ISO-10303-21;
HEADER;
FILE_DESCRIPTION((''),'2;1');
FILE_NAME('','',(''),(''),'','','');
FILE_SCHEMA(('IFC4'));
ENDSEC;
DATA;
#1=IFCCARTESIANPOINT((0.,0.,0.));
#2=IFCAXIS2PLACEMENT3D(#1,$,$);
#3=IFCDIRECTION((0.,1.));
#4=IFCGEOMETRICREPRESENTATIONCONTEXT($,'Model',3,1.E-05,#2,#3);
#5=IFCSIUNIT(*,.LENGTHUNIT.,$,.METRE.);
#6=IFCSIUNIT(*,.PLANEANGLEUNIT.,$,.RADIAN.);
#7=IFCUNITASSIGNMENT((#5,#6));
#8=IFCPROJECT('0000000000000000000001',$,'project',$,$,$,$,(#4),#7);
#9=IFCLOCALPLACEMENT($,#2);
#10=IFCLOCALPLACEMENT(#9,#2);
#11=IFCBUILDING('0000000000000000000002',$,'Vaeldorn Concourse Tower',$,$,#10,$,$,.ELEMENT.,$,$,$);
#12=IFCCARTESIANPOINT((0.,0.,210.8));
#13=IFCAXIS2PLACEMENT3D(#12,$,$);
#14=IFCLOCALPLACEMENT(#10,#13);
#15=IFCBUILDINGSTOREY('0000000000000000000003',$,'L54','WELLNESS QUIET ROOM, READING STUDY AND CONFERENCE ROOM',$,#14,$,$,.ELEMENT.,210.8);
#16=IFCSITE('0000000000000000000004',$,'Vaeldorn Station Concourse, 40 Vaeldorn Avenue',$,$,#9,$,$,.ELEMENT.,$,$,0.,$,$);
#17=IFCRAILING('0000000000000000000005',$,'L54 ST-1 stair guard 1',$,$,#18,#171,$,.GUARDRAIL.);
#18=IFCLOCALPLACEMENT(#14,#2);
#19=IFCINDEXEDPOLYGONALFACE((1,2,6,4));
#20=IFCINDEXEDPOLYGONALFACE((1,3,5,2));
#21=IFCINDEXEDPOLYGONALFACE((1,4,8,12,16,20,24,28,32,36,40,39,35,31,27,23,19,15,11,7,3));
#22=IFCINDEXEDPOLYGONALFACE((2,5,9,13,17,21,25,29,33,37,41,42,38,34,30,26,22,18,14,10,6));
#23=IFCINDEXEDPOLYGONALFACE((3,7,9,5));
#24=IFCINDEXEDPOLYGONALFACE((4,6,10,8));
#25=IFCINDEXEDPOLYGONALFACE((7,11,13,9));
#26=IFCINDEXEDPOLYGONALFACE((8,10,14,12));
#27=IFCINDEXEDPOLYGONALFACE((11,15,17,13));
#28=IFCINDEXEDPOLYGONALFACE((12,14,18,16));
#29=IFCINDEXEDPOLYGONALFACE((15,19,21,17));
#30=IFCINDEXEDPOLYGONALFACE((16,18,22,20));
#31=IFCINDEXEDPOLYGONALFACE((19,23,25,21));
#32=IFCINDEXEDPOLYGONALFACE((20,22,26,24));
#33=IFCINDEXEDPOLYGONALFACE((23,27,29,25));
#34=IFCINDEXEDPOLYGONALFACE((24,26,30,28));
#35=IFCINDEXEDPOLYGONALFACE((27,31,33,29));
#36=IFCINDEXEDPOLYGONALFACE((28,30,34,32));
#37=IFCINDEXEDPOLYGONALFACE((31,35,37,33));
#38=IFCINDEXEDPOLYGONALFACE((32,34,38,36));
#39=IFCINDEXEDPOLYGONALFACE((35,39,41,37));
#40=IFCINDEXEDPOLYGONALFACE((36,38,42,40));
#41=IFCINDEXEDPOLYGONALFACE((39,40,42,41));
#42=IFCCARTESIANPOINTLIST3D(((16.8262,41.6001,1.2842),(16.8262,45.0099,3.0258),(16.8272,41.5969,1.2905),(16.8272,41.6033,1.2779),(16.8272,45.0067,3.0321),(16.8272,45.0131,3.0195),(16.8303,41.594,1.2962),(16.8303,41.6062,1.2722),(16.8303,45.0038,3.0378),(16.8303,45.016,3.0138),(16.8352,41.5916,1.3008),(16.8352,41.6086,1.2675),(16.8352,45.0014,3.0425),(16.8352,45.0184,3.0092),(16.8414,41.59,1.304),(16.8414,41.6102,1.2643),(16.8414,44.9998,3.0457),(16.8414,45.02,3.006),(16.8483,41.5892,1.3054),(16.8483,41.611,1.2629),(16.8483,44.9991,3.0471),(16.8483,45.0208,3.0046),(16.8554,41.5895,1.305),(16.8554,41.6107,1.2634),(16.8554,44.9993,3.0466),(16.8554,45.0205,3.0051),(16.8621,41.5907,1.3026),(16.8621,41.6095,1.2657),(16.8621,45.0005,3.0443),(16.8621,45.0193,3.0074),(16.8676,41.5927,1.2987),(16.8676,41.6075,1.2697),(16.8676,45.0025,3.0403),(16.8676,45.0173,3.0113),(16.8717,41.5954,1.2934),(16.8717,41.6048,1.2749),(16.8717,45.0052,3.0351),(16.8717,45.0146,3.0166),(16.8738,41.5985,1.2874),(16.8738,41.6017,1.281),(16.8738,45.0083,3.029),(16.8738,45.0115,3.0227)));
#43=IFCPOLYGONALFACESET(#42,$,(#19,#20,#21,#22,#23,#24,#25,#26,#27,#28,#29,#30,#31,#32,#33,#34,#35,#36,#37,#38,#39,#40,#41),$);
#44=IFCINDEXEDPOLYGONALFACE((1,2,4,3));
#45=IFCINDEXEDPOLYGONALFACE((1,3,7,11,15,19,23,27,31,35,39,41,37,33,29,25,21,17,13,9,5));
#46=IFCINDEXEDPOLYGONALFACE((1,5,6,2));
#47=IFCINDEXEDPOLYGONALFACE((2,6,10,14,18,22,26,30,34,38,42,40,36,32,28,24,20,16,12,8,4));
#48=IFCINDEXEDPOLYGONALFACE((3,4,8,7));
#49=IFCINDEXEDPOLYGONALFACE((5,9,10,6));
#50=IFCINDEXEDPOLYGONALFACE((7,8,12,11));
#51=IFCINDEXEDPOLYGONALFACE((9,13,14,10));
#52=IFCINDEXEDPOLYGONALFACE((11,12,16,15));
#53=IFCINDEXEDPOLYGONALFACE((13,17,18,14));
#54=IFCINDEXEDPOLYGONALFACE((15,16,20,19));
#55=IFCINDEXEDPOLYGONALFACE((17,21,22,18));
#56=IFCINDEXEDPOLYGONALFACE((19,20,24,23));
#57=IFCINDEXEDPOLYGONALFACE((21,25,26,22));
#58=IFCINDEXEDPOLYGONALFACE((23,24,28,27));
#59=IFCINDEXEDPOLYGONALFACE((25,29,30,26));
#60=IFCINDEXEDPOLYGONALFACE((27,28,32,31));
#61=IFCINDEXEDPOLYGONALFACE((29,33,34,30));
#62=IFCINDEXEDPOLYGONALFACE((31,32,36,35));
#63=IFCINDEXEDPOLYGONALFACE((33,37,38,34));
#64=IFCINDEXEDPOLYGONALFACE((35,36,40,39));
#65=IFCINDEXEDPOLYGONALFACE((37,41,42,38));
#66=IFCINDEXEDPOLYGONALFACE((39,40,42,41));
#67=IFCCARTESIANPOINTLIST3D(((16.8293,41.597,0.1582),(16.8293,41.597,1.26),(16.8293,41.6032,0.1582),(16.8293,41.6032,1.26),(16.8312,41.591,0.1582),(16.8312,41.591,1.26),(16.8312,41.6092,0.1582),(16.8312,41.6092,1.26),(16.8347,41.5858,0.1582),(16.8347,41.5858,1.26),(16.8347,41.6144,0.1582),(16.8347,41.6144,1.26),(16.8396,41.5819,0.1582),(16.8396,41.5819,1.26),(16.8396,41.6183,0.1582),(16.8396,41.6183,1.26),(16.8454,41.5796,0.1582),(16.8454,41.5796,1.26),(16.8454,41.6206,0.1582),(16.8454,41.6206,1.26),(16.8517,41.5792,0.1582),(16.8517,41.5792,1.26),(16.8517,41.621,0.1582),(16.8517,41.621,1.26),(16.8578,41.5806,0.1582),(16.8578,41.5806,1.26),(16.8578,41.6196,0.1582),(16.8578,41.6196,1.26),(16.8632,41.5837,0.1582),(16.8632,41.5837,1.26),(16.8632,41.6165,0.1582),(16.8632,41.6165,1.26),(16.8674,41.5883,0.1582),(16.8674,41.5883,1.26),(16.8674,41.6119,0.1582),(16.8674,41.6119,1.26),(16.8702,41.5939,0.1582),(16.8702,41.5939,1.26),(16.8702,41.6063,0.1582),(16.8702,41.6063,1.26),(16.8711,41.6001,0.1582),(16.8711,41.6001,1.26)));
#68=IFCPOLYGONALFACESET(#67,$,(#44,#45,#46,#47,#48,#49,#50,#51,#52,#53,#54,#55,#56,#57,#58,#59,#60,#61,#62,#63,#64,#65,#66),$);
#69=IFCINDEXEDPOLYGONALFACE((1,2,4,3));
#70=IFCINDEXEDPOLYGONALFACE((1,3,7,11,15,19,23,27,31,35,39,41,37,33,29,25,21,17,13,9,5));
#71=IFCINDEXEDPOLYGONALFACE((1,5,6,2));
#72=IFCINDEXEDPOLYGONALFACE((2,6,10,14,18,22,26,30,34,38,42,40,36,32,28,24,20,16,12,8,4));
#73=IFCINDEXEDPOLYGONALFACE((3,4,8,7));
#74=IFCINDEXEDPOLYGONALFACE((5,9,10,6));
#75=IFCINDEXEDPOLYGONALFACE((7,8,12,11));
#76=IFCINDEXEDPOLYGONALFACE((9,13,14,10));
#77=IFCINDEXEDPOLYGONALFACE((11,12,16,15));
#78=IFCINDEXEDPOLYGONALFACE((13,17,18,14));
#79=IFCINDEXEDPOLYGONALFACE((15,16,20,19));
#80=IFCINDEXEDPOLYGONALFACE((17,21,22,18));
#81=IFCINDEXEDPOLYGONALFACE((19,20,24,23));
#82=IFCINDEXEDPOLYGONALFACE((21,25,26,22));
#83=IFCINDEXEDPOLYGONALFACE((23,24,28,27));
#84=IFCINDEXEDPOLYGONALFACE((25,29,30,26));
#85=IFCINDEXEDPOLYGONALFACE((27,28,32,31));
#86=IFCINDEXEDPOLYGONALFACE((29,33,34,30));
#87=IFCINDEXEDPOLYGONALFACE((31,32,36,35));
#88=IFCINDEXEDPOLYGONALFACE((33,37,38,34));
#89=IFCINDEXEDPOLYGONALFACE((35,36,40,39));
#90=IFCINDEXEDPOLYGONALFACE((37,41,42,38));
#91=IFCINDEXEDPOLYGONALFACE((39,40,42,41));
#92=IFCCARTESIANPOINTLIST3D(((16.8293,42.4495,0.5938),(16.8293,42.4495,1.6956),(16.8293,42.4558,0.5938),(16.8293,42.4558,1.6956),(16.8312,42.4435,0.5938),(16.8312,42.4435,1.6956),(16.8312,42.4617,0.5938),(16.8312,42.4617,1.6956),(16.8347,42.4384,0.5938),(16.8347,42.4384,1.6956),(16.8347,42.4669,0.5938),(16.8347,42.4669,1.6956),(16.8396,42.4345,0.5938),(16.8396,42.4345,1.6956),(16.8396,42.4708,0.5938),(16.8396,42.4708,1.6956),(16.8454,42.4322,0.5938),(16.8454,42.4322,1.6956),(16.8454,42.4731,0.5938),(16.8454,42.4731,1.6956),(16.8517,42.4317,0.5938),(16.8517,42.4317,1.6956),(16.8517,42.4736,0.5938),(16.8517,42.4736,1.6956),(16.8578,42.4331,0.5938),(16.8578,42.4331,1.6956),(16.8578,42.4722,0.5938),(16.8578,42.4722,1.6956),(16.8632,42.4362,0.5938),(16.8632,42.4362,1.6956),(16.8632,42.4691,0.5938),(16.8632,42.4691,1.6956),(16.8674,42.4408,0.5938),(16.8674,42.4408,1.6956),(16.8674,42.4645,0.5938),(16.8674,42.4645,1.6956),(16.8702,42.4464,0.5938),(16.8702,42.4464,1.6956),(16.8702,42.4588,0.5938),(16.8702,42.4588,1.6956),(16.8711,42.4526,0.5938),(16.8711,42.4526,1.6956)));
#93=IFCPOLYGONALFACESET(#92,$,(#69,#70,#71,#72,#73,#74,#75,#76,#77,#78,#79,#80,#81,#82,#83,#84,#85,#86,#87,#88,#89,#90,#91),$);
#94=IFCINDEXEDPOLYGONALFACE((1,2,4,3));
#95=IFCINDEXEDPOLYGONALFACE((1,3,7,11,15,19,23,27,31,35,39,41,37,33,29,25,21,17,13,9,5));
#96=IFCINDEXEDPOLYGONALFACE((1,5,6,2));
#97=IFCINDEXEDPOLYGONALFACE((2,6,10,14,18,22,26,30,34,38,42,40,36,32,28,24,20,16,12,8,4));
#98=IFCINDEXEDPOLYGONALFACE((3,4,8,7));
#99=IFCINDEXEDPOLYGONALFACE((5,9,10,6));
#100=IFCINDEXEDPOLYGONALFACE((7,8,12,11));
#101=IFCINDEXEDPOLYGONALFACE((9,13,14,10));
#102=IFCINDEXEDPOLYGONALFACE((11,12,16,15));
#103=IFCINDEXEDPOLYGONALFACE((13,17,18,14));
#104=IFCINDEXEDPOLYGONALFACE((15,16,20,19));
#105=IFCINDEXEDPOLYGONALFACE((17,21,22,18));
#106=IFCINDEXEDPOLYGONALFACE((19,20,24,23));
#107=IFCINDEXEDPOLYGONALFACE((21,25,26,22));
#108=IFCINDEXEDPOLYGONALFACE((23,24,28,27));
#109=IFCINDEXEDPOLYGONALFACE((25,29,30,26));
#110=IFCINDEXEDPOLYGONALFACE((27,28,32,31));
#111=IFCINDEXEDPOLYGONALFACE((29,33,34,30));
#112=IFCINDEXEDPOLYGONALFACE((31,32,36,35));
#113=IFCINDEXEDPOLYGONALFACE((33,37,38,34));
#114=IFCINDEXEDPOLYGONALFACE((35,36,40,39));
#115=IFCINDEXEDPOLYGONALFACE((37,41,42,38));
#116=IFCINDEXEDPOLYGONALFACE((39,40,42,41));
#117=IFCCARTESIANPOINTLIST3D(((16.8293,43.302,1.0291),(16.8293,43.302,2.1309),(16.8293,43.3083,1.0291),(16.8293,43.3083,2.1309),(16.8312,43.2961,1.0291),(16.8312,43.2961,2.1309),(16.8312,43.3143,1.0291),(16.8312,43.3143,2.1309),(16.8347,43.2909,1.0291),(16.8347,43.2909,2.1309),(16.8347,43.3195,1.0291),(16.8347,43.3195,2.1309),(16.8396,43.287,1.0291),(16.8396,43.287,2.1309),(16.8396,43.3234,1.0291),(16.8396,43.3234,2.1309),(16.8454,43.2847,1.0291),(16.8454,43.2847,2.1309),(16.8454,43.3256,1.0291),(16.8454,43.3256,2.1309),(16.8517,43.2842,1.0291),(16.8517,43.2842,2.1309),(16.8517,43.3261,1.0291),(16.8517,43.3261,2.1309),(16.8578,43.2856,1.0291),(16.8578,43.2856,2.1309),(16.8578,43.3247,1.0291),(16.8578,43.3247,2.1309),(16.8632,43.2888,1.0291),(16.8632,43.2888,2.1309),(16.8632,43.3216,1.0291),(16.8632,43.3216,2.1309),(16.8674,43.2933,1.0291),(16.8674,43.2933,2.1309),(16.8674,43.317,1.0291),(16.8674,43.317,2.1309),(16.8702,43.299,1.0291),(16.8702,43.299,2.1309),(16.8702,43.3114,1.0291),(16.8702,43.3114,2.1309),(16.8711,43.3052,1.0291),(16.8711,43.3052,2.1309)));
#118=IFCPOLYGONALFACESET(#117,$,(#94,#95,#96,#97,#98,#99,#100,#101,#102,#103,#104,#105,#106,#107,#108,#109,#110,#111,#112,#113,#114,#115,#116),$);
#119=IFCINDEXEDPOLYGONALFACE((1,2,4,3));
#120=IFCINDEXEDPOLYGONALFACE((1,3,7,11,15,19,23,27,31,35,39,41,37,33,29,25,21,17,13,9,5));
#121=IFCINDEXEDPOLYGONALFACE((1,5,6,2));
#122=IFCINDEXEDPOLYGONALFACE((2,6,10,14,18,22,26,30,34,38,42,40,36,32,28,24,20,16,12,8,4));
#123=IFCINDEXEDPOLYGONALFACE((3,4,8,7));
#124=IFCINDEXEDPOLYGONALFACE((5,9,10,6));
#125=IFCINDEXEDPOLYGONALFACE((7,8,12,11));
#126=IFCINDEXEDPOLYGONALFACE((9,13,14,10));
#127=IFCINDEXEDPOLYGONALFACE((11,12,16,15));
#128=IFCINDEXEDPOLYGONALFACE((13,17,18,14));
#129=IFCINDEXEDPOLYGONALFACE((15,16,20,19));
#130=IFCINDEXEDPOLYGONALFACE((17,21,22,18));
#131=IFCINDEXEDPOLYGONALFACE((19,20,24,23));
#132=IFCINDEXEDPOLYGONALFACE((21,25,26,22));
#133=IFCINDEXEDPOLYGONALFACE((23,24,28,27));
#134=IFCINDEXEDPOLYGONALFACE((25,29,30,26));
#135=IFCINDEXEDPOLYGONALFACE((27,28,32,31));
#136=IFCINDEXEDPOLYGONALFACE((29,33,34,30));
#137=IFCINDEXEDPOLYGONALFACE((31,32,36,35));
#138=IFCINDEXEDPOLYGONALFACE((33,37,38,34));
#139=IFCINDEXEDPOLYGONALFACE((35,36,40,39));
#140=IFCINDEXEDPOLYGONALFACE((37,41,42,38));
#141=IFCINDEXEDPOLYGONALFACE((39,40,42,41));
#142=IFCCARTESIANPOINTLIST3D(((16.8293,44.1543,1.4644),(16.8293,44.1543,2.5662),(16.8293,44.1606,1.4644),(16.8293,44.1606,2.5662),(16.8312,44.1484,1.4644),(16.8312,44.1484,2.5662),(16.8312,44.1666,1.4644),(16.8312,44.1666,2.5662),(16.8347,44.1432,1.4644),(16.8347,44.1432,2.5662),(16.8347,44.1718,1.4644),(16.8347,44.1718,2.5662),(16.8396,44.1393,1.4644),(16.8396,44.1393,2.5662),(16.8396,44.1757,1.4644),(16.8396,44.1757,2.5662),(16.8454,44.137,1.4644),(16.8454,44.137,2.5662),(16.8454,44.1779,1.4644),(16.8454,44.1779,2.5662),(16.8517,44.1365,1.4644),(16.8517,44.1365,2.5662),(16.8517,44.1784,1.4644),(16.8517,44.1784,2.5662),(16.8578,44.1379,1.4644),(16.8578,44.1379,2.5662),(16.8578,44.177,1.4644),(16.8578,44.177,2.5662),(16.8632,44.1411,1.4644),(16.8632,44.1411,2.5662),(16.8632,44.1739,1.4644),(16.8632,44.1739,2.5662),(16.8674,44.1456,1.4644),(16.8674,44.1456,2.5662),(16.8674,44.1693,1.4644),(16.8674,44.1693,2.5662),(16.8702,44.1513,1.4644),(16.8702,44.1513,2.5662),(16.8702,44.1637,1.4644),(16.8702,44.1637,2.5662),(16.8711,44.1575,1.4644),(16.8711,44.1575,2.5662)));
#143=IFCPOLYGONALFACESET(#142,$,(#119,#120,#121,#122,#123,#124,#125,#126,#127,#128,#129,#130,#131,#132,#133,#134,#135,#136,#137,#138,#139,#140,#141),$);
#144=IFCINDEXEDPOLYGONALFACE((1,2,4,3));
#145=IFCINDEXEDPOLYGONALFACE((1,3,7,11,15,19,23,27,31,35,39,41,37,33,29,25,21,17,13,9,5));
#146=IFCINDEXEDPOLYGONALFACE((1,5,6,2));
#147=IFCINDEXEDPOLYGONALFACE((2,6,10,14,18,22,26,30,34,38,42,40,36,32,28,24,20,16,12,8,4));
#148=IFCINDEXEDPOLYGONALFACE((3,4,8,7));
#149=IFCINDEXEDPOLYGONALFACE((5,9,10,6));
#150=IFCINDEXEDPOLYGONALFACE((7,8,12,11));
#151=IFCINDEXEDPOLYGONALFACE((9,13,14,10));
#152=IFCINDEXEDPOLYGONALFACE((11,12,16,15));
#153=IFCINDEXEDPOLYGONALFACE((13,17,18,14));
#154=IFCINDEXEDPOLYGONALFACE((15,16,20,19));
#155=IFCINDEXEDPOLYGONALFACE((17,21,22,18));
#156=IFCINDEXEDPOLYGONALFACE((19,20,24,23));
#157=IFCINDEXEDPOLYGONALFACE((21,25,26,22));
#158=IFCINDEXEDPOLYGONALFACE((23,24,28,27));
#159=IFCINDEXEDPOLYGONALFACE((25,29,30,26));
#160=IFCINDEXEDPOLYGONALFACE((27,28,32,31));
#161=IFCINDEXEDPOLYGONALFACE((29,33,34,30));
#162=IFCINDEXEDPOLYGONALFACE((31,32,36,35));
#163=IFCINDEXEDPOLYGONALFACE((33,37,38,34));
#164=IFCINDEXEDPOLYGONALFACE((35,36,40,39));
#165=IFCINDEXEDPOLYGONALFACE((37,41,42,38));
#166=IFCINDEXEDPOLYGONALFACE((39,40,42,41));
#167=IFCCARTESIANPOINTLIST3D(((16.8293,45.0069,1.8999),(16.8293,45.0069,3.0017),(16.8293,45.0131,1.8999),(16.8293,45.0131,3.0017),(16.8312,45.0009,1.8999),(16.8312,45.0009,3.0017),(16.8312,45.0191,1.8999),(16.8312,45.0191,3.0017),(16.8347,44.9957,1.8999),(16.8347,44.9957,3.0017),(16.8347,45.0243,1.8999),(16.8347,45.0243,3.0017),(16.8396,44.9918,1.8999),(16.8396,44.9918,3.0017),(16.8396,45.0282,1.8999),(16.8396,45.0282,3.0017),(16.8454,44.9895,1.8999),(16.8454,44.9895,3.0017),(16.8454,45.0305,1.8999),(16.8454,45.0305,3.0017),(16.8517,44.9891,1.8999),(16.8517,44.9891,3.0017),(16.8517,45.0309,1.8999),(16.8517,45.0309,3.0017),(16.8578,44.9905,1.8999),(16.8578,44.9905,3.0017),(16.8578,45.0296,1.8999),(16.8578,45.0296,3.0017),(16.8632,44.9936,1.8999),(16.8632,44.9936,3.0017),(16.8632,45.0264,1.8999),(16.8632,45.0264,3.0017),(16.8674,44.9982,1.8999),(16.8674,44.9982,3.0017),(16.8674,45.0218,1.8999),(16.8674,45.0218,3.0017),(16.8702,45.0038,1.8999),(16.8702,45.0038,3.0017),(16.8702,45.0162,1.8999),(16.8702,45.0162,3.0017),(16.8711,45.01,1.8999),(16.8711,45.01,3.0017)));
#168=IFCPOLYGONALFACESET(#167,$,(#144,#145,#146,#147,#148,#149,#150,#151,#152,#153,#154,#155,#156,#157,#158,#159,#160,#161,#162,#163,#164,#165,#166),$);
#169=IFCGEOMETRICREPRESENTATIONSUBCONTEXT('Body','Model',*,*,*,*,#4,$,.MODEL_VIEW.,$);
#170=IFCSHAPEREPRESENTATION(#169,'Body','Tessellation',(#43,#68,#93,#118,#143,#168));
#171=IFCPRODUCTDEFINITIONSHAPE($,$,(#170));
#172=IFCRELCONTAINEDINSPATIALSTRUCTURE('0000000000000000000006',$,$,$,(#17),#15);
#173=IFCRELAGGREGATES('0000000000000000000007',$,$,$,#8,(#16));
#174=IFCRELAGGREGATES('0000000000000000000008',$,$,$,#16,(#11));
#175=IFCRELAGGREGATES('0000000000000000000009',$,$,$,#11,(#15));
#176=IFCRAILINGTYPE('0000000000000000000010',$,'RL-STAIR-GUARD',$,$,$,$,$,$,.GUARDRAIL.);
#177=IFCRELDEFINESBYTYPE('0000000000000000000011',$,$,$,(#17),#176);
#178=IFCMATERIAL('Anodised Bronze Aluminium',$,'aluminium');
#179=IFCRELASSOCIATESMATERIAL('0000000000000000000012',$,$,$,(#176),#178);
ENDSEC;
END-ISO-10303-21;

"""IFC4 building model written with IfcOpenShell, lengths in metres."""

from ifc_helpers import new_model, si_unit, direction, frame, origin, origin_2d, place, context, subcontext, project, spatial, circle, extrude, material, type_object, element, save


model = new_model("IFC4")

# Units and contexts
model_context = context("Model", 3, precision=1e-05, world=origin(), true_north=direction((0.0, 1.0)))
body_context = subcontext(model_context, "Body", "Model", "MODEL_VIEW")
ifc_project = project(units=[si_unit("LENGTHUNIT", "METRE"), si_unit("PLANEANGLEUNIT", "RADIAN")], contexts=[model_context])

# Site, building, storey
site_placement = place(None, origin())
site = spatial("IfcSite", under=ifc_project, at=site_placement, Name="Vaeldorn Station Concourse, 40 Vaeldorn Avenue", CompositionType="ELEMENT", RefElevation=0.0)
building_placement = place(site_placement, origin())
building = spatial("IfcBuilding", under=site, at=building_placement, Name="Vaeldorn Concourse Tower", CompositionType="ELEMENT")
storey_placement = place(building_placement, frame((0.0, 0.0, 210.8)))
storey = spatial("IfcBuildingStorey", under=building, at=storey_placement, Name="L54", Description="WELLNESS QUIET ROOM, READING STUDY AND CONFERENCE ROOM", CompositionType="ELEMENT", Elevation=210.8)

# Shared definitions
ifc_material_1 = material(Name="Anodised Bronze Aluminium", Category="aluminium")

# Railing
railing_type_1 = type_object("IfcRailingType", Name="RL-STAIR-GUARD", PredefinedType="GUARDRAIL", material=ifc_material_1)
railing_1_placement = place(storey_placement, frame((16.8501, 41.6001, 0.1582)))
element("IfcRailing", 1, at=railing_1_placement, inside=storey, type_object=railing_type_1, Name="L54 ST-1 stair guard 1", PredefinedType="GUARDRAIL", context=body_context, shape_type="SweptSolid", body=[
    extrude(circle(Radius=0.0239, at=origin_2d()), frame((0.0, 0.0, 1.126), z_axis=(0.0, 0.890556, 0.454874), x_axis=(-1.0, 0.0, 0.0)), (0.0, 0.0, 1.0), 3.8289),
    extrude(circle(Radius=0.021, at=origin_2d()), origin(), (0.0, 0.0, 1.0), 1.1018),
    extrude(circle(Radius=0.021, at=origin_2d()), frame((0.0, 0.8525, 0.4355)), (0.0, 0.0, 1.0), 1.1018),
    extrude(circle(Radius=0.021, at=origin_2d()), frame((0.0, 1.7051, 0.8708)), (0.0, 0.0, 1.0), 1.1018),
    extrude(circle(Radius=0.021, at=origin_2d()), frame((0.0, 2.5574, 1.3062)), (0.0, 0.0, 1.0), 1.1018),
    extrude(circle(Radius=0.021, at=origin_2d()), frame((0.0, 3.4099, 1.7417)), (0.0, 0.0, 1.0), 1.1018),
])

save(model, "model.ifc")
